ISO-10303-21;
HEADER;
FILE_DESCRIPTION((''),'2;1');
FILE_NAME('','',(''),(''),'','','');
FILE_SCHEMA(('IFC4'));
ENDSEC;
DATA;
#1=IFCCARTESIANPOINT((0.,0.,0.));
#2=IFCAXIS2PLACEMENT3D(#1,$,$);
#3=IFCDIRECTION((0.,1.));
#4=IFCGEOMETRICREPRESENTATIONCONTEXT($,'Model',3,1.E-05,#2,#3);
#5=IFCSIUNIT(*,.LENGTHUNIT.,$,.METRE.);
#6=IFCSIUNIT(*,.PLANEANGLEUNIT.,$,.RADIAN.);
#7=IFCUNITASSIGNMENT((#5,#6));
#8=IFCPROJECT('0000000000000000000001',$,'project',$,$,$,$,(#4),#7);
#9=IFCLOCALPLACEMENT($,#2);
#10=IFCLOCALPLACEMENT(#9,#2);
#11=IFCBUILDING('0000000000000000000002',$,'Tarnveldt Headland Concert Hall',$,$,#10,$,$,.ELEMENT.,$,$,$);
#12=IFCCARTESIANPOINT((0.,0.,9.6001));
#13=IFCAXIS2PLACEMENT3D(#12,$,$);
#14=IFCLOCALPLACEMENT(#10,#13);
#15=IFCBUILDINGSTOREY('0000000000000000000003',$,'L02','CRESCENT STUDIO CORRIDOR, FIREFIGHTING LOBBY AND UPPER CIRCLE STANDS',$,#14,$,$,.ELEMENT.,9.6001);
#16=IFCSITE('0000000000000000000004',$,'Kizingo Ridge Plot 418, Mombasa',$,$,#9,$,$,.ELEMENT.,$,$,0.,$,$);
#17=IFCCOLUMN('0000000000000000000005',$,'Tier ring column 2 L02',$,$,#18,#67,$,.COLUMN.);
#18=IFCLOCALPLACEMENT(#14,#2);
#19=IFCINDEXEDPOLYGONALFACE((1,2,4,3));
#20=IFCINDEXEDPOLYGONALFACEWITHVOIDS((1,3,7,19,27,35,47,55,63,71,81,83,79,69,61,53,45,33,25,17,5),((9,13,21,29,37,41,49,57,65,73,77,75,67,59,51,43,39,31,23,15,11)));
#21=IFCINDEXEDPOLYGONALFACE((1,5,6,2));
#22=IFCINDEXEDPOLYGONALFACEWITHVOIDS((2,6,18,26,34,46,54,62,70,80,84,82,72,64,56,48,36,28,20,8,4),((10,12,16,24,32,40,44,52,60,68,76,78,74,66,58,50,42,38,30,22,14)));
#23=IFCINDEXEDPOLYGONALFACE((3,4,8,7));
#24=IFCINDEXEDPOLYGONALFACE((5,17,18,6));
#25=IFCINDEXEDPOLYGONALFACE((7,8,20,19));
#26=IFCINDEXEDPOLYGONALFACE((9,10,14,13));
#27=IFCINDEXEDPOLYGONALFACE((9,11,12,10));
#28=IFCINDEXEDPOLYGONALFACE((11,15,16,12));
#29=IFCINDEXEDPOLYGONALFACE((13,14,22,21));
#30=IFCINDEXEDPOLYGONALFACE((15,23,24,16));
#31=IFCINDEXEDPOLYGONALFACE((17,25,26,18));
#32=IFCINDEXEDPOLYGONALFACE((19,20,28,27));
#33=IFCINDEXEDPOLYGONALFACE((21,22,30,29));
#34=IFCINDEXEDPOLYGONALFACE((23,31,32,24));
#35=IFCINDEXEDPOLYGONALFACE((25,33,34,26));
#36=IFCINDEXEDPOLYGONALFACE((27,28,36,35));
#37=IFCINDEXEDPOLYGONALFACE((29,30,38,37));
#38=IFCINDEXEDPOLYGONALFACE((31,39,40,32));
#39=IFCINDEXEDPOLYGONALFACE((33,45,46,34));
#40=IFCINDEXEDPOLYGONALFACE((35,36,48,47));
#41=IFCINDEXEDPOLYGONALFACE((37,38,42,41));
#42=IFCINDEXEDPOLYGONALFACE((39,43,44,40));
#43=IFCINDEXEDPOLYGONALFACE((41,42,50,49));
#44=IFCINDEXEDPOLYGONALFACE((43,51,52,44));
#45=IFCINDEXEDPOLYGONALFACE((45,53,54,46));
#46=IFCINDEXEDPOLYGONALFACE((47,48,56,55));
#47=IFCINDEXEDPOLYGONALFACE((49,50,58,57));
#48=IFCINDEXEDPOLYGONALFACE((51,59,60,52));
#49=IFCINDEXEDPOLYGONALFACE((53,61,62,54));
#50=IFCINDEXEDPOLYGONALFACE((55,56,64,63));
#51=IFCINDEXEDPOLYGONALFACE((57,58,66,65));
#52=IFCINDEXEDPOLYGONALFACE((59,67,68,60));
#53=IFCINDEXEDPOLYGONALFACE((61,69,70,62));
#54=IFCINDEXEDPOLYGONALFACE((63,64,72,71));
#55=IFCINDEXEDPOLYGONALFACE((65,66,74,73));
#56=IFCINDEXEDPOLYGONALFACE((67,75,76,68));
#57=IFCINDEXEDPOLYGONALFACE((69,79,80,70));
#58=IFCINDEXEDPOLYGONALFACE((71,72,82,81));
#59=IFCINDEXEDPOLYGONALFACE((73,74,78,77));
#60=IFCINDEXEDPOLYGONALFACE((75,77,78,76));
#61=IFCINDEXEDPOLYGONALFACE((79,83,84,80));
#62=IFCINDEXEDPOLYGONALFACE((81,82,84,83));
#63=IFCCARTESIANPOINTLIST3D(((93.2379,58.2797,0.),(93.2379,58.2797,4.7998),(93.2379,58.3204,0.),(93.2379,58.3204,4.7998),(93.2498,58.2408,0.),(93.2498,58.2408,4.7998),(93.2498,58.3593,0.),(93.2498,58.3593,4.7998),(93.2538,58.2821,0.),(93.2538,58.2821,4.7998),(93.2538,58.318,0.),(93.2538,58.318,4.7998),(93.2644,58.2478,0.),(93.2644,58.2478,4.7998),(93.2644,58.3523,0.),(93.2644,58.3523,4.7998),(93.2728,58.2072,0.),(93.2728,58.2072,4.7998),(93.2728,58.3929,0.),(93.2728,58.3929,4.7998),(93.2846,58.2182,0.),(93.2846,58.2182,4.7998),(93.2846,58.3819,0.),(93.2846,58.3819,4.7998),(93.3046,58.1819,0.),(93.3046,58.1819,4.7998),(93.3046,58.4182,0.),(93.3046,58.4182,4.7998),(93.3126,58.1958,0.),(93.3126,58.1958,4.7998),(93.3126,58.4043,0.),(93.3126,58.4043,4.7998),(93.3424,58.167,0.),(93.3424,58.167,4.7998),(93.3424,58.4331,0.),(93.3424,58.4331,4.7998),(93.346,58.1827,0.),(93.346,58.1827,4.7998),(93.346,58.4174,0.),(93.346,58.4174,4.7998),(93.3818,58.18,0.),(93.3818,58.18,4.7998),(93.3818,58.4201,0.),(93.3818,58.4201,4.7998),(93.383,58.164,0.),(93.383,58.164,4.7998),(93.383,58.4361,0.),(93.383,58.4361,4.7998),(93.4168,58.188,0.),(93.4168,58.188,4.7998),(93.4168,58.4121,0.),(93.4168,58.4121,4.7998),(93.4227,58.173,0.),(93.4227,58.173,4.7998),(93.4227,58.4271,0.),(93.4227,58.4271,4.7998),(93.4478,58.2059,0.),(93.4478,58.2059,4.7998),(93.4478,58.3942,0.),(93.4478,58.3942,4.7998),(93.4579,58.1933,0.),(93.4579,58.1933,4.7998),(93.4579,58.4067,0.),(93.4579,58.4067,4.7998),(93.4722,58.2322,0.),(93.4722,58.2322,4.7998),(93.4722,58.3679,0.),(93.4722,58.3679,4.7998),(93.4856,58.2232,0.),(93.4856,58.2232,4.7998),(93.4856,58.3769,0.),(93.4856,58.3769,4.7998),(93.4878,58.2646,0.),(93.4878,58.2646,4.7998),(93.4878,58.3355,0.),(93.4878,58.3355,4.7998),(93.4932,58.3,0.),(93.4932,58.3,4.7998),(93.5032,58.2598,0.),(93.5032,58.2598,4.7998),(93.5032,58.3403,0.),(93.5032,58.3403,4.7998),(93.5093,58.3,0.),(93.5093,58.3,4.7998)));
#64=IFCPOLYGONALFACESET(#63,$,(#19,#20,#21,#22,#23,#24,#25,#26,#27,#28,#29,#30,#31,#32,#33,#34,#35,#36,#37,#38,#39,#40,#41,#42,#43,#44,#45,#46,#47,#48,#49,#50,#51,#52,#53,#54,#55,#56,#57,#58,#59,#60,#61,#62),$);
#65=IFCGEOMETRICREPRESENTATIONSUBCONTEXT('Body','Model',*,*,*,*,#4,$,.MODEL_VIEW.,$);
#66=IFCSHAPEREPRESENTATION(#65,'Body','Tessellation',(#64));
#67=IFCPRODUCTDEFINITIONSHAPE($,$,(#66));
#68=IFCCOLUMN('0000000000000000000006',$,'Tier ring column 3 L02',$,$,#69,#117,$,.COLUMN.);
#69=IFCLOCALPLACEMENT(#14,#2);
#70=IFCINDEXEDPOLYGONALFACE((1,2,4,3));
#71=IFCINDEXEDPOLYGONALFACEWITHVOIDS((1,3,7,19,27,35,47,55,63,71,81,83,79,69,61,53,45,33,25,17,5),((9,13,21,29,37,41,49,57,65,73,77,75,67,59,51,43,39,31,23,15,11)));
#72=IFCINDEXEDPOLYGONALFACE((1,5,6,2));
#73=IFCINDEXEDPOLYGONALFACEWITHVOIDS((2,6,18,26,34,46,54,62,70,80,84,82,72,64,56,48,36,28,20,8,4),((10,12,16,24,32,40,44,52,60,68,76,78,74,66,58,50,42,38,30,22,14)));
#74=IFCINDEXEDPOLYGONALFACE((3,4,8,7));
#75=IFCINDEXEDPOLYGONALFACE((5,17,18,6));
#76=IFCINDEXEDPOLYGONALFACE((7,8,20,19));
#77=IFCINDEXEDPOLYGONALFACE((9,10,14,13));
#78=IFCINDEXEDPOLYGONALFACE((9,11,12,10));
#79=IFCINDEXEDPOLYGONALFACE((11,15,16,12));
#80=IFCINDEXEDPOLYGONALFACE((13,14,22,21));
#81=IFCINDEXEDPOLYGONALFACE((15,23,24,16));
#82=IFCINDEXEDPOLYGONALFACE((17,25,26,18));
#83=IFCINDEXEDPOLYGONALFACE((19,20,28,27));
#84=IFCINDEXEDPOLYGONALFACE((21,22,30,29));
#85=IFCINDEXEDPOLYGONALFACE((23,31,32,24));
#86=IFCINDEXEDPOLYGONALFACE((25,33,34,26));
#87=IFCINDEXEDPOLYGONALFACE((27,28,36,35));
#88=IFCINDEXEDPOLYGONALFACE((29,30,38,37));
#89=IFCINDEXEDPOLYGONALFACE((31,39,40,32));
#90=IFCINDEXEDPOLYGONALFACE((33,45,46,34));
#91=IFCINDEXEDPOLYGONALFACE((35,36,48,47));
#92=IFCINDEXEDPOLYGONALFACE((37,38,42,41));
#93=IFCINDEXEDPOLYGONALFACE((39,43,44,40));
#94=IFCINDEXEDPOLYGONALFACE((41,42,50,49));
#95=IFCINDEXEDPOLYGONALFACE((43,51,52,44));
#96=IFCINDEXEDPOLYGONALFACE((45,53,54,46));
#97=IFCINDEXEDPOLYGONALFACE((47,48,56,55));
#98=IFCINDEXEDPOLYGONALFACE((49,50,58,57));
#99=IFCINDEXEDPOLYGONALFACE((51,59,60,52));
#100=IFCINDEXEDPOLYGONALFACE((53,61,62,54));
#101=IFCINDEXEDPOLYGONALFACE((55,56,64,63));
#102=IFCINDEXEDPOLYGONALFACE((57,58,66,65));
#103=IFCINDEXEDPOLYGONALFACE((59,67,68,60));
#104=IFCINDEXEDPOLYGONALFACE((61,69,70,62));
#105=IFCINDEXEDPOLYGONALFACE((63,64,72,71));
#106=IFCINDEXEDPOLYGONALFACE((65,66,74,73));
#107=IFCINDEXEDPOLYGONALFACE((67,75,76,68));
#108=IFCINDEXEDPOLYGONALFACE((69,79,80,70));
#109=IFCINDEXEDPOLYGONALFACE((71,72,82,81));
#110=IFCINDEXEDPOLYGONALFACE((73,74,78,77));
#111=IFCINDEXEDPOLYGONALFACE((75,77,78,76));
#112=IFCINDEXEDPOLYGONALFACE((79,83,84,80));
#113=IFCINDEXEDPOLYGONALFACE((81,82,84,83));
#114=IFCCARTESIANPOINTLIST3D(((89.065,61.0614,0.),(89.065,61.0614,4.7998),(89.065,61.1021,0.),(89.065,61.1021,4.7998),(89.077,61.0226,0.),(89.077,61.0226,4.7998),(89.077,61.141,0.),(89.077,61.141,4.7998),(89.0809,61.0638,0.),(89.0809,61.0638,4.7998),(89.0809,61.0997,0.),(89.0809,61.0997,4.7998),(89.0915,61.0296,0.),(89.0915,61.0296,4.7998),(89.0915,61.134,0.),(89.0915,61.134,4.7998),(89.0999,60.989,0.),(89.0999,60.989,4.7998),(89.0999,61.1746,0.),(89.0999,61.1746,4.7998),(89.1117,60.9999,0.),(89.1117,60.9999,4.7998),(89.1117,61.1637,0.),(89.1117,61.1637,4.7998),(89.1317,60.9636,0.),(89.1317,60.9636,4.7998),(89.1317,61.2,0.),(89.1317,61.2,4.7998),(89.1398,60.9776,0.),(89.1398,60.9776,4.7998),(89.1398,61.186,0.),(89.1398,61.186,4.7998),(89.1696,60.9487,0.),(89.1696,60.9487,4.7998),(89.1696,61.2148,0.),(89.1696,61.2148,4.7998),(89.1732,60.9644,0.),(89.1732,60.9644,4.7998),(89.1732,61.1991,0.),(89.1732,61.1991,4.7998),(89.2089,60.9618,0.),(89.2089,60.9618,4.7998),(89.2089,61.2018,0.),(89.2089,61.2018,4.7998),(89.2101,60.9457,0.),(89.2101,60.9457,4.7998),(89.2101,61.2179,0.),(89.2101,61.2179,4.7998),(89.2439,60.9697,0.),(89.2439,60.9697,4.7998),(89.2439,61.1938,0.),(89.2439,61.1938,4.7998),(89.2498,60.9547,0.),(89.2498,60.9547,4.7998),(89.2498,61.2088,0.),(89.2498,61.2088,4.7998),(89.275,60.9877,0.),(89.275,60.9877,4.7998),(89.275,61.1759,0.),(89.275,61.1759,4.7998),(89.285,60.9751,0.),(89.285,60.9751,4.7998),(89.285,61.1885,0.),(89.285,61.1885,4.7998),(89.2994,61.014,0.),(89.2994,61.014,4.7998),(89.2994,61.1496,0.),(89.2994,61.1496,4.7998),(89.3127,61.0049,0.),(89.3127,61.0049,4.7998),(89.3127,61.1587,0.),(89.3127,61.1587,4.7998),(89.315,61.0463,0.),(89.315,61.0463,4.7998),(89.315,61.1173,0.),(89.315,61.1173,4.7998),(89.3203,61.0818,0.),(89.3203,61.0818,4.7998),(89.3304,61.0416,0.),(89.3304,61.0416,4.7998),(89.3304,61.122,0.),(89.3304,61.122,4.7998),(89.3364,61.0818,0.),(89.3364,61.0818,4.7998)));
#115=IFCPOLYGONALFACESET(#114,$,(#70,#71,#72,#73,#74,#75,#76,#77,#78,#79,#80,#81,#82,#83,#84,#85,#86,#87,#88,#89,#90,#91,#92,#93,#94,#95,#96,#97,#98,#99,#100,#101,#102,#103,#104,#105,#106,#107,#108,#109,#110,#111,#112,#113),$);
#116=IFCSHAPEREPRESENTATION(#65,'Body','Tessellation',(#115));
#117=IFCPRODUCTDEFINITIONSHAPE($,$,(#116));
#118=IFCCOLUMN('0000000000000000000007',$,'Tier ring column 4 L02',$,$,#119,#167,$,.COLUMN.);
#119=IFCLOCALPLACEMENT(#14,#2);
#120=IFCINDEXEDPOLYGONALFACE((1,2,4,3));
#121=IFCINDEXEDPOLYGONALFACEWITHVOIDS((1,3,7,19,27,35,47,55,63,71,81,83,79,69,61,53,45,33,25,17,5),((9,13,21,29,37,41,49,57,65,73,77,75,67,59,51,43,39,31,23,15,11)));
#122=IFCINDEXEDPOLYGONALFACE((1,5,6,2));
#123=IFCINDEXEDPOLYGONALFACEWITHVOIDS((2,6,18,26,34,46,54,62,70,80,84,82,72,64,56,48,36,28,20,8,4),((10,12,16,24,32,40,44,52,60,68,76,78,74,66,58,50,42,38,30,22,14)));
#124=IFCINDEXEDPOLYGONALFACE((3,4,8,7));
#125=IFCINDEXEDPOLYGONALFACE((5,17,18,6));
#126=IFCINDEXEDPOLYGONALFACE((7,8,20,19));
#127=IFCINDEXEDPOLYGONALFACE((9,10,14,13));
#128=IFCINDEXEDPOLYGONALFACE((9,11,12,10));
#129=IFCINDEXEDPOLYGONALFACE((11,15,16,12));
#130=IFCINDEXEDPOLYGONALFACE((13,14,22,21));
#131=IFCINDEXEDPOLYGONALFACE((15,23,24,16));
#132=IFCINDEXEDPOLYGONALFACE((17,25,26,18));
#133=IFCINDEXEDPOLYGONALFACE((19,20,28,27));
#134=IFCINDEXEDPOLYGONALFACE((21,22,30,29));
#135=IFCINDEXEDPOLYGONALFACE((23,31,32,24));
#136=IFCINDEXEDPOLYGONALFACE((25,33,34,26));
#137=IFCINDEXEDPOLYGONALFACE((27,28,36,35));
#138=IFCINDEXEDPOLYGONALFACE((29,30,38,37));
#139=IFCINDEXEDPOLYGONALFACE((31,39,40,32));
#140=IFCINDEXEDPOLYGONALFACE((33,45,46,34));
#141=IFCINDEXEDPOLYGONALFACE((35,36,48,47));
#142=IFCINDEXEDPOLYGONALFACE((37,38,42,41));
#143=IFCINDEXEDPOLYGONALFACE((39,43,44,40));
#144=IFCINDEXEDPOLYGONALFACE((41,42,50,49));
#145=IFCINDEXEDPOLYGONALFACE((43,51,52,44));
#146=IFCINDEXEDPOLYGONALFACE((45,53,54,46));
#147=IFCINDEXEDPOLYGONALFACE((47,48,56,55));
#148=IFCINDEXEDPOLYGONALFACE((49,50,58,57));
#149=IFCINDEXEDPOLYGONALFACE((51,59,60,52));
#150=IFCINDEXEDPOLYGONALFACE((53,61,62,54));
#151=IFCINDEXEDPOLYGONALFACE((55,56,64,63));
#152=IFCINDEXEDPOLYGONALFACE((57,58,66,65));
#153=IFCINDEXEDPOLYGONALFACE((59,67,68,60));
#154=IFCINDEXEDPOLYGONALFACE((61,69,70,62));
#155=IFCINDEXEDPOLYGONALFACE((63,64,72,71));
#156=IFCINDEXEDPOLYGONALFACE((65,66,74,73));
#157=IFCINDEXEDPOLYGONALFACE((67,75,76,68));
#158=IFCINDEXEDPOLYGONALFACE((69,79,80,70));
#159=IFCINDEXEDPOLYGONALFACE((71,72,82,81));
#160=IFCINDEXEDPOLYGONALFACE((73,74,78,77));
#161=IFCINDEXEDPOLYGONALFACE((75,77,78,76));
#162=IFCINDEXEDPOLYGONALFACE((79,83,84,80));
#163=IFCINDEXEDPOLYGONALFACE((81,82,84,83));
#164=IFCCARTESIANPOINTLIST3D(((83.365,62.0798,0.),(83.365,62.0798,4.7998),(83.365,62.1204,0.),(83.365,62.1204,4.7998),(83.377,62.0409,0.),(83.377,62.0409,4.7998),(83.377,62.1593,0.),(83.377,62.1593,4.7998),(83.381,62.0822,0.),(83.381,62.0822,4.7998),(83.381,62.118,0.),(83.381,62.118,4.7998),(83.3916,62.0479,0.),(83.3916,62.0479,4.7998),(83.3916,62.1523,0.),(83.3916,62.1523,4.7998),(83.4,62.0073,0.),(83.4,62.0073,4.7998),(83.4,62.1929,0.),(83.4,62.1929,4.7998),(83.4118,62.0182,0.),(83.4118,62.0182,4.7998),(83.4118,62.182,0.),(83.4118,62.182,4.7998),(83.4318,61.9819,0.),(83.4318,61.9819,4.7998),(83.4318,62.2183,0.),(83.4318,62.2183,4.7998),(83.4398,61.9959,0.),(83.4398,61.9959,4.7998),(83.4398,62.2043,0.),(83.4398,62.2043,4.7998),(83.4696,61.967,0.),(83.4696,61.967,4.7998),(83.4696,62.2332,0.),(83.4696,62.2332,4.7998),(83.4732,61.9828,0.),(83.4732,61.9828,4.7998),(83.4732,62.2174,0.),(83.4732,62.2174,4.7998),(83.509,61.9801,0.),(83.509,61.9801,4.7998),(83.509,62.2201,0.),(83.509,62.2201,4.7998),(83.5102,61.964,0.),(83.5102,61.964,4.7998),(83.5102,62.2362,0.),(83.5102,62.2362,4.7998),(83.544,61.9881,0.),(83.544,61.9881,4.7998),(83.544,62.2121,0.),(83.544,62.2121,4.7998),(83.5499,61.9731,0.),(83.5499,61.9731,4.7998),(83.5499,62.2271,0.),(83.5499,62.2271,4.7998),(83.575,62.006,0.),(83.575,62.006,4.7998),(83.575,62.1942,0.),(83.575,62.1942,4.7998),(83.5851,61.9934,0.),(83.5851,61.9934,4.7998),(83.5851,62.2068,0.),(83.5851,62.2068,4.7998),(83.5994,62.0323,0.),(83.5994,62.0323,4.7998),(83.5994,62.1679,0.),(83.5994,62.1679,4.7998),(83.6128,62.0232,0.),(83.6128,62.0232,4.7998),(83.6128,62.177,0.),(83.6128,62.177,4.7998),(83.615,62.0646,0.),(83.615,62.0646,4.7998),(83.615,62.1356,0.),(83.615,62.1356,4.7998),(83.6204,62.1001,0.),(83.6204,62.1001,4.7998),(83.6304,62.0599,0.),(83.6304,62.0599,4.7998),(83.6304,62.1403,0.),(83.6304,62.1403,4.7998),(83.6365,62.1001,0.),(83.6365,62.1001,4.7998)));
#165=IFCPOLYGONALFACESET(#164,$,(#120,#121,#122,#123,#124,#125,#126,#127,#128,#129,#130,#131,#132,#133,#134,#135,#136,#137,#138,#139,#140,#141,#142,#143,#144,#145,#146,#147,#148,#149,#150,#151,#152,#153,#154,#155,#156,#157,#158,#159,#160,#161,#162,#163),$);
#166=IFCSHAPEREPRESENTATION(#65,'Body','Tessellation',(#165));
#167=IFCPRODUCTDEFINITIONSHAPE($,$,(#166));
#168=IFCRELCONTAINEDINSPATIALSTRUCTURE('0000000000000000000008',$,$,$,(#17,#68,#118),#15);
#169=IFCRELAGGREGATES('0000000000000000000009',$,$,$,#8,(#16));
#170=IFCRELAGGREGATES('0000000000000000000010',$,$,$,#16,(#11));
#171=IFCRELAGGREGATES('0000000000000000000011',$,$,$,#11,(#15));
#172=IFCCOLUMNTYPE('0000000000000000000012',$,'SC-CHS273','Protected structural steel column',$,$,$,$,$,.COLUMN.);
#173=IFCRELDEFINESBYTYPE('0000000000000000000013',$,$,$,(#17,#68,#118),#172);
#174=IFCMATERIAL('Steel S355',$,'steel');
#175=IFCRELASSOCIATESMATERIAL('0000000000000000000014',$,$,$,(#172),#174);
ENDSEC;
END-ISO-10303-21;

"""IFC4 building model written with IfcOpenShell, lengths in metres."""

from ifc_helpers import new_model, si_unit, direction, frame, origin, origin_2d, place, context, subcontext, project, spatial, hollow_circle, extrude, material, material_profile, profile_set, type_object, element, save


model = new_model("IFC4")

# Units and contexts
model_context = context("Model", 3, precision=1e-05, world=origin(), true_north=direction((0.0, 1.0)))
body_context = subcontext(model_context, "Body", "Model", "MODEL_VIEW")
ifc_project = project(units=[si_unit("LENGTHUNIT", "METRE"), si_unit("PLANEANGLEUNIT", "RADIAN")], contexts=[model_context])

# Site, building, storey
site_placement = place(None, origin())
site = spatial("IfcSite", under=ifc_project, at=site_placement, Name="Kizingo Ridge Plot 418, Mombasa", CompositionType="ELEMENT", RefElevation=0.0)
building_placement = place(site_placement, origin())
building = spatial("IfcBuilding", under=site, at=building_placement, Name="Tarnveldt Headland Concert Hall", CompositionType="ELEMENT")
storey_placement = place(building_placement, frame((0.0, 0.0, 9.6001)))
storey = spatial("IfcBuildingStorey", under=building, at=storey_placement, Name="L02", Description="CRESCENT STUDIO CORRIDOR, FIREFIGHTING LOBBY AND UPPER CIRCLE STANDS", CompositionType="ELEMENT", Elevation=9.6001)

# Columns
ifc_material_1 = material(Name="Steel S355", Category="steel")
ifc_material_profile_1 = material_profile(ifc_material_1, hollow_circle(Radius=0.1365, WallThickness=0.0161, at=origin_2d()), Name="CHS 273x16", Category="steel")
ifc_profile_set_1 = profile_set([ifc_material_profile_1], Name="Steel S355")
column_type = type_object("IfcColumnType", Name="SC-CHS273", Description="Protected structural steel column", PredefinedType="COLUMN", material=ifc_profile_set_1)
for number, where, z_axis, x_axis, name in (
    (1, (93.3728, 58.3, 0.0), (0.0, 0.0, 1.0), (1.0, 0.0, 0.0), "Tier ring column 2 L02"),
    (2, (89.2, 61.0818, 0.0), (0.0, 0.0, 1.0), (1.0, 0.0, 0.0), "Tier ring column 3 L02"),
    (3, (83.5, 62.1001, 0.0), (0.0, 0.0, 1.0), (1.0, 0.0, 0.0), "Tier ring column 4 L02"),
):
    element("IfcColumn", number, at=place(storey_placement, frame(where, z_axis=z_axis, x_axis=x_axis)), inside=storey, type_object=column_type, Name=name, PredefinedType="COLUMN", context=body_context, shape_type="SweptSolid", body=[
        extrude(hollow_circle(Radius=0.1365, WallThickness=0.0161, at=origin_2d()), origin(), (0.0, 0.0, 1.0), 4.7998),
    ])

save(model, "model.ifc")
